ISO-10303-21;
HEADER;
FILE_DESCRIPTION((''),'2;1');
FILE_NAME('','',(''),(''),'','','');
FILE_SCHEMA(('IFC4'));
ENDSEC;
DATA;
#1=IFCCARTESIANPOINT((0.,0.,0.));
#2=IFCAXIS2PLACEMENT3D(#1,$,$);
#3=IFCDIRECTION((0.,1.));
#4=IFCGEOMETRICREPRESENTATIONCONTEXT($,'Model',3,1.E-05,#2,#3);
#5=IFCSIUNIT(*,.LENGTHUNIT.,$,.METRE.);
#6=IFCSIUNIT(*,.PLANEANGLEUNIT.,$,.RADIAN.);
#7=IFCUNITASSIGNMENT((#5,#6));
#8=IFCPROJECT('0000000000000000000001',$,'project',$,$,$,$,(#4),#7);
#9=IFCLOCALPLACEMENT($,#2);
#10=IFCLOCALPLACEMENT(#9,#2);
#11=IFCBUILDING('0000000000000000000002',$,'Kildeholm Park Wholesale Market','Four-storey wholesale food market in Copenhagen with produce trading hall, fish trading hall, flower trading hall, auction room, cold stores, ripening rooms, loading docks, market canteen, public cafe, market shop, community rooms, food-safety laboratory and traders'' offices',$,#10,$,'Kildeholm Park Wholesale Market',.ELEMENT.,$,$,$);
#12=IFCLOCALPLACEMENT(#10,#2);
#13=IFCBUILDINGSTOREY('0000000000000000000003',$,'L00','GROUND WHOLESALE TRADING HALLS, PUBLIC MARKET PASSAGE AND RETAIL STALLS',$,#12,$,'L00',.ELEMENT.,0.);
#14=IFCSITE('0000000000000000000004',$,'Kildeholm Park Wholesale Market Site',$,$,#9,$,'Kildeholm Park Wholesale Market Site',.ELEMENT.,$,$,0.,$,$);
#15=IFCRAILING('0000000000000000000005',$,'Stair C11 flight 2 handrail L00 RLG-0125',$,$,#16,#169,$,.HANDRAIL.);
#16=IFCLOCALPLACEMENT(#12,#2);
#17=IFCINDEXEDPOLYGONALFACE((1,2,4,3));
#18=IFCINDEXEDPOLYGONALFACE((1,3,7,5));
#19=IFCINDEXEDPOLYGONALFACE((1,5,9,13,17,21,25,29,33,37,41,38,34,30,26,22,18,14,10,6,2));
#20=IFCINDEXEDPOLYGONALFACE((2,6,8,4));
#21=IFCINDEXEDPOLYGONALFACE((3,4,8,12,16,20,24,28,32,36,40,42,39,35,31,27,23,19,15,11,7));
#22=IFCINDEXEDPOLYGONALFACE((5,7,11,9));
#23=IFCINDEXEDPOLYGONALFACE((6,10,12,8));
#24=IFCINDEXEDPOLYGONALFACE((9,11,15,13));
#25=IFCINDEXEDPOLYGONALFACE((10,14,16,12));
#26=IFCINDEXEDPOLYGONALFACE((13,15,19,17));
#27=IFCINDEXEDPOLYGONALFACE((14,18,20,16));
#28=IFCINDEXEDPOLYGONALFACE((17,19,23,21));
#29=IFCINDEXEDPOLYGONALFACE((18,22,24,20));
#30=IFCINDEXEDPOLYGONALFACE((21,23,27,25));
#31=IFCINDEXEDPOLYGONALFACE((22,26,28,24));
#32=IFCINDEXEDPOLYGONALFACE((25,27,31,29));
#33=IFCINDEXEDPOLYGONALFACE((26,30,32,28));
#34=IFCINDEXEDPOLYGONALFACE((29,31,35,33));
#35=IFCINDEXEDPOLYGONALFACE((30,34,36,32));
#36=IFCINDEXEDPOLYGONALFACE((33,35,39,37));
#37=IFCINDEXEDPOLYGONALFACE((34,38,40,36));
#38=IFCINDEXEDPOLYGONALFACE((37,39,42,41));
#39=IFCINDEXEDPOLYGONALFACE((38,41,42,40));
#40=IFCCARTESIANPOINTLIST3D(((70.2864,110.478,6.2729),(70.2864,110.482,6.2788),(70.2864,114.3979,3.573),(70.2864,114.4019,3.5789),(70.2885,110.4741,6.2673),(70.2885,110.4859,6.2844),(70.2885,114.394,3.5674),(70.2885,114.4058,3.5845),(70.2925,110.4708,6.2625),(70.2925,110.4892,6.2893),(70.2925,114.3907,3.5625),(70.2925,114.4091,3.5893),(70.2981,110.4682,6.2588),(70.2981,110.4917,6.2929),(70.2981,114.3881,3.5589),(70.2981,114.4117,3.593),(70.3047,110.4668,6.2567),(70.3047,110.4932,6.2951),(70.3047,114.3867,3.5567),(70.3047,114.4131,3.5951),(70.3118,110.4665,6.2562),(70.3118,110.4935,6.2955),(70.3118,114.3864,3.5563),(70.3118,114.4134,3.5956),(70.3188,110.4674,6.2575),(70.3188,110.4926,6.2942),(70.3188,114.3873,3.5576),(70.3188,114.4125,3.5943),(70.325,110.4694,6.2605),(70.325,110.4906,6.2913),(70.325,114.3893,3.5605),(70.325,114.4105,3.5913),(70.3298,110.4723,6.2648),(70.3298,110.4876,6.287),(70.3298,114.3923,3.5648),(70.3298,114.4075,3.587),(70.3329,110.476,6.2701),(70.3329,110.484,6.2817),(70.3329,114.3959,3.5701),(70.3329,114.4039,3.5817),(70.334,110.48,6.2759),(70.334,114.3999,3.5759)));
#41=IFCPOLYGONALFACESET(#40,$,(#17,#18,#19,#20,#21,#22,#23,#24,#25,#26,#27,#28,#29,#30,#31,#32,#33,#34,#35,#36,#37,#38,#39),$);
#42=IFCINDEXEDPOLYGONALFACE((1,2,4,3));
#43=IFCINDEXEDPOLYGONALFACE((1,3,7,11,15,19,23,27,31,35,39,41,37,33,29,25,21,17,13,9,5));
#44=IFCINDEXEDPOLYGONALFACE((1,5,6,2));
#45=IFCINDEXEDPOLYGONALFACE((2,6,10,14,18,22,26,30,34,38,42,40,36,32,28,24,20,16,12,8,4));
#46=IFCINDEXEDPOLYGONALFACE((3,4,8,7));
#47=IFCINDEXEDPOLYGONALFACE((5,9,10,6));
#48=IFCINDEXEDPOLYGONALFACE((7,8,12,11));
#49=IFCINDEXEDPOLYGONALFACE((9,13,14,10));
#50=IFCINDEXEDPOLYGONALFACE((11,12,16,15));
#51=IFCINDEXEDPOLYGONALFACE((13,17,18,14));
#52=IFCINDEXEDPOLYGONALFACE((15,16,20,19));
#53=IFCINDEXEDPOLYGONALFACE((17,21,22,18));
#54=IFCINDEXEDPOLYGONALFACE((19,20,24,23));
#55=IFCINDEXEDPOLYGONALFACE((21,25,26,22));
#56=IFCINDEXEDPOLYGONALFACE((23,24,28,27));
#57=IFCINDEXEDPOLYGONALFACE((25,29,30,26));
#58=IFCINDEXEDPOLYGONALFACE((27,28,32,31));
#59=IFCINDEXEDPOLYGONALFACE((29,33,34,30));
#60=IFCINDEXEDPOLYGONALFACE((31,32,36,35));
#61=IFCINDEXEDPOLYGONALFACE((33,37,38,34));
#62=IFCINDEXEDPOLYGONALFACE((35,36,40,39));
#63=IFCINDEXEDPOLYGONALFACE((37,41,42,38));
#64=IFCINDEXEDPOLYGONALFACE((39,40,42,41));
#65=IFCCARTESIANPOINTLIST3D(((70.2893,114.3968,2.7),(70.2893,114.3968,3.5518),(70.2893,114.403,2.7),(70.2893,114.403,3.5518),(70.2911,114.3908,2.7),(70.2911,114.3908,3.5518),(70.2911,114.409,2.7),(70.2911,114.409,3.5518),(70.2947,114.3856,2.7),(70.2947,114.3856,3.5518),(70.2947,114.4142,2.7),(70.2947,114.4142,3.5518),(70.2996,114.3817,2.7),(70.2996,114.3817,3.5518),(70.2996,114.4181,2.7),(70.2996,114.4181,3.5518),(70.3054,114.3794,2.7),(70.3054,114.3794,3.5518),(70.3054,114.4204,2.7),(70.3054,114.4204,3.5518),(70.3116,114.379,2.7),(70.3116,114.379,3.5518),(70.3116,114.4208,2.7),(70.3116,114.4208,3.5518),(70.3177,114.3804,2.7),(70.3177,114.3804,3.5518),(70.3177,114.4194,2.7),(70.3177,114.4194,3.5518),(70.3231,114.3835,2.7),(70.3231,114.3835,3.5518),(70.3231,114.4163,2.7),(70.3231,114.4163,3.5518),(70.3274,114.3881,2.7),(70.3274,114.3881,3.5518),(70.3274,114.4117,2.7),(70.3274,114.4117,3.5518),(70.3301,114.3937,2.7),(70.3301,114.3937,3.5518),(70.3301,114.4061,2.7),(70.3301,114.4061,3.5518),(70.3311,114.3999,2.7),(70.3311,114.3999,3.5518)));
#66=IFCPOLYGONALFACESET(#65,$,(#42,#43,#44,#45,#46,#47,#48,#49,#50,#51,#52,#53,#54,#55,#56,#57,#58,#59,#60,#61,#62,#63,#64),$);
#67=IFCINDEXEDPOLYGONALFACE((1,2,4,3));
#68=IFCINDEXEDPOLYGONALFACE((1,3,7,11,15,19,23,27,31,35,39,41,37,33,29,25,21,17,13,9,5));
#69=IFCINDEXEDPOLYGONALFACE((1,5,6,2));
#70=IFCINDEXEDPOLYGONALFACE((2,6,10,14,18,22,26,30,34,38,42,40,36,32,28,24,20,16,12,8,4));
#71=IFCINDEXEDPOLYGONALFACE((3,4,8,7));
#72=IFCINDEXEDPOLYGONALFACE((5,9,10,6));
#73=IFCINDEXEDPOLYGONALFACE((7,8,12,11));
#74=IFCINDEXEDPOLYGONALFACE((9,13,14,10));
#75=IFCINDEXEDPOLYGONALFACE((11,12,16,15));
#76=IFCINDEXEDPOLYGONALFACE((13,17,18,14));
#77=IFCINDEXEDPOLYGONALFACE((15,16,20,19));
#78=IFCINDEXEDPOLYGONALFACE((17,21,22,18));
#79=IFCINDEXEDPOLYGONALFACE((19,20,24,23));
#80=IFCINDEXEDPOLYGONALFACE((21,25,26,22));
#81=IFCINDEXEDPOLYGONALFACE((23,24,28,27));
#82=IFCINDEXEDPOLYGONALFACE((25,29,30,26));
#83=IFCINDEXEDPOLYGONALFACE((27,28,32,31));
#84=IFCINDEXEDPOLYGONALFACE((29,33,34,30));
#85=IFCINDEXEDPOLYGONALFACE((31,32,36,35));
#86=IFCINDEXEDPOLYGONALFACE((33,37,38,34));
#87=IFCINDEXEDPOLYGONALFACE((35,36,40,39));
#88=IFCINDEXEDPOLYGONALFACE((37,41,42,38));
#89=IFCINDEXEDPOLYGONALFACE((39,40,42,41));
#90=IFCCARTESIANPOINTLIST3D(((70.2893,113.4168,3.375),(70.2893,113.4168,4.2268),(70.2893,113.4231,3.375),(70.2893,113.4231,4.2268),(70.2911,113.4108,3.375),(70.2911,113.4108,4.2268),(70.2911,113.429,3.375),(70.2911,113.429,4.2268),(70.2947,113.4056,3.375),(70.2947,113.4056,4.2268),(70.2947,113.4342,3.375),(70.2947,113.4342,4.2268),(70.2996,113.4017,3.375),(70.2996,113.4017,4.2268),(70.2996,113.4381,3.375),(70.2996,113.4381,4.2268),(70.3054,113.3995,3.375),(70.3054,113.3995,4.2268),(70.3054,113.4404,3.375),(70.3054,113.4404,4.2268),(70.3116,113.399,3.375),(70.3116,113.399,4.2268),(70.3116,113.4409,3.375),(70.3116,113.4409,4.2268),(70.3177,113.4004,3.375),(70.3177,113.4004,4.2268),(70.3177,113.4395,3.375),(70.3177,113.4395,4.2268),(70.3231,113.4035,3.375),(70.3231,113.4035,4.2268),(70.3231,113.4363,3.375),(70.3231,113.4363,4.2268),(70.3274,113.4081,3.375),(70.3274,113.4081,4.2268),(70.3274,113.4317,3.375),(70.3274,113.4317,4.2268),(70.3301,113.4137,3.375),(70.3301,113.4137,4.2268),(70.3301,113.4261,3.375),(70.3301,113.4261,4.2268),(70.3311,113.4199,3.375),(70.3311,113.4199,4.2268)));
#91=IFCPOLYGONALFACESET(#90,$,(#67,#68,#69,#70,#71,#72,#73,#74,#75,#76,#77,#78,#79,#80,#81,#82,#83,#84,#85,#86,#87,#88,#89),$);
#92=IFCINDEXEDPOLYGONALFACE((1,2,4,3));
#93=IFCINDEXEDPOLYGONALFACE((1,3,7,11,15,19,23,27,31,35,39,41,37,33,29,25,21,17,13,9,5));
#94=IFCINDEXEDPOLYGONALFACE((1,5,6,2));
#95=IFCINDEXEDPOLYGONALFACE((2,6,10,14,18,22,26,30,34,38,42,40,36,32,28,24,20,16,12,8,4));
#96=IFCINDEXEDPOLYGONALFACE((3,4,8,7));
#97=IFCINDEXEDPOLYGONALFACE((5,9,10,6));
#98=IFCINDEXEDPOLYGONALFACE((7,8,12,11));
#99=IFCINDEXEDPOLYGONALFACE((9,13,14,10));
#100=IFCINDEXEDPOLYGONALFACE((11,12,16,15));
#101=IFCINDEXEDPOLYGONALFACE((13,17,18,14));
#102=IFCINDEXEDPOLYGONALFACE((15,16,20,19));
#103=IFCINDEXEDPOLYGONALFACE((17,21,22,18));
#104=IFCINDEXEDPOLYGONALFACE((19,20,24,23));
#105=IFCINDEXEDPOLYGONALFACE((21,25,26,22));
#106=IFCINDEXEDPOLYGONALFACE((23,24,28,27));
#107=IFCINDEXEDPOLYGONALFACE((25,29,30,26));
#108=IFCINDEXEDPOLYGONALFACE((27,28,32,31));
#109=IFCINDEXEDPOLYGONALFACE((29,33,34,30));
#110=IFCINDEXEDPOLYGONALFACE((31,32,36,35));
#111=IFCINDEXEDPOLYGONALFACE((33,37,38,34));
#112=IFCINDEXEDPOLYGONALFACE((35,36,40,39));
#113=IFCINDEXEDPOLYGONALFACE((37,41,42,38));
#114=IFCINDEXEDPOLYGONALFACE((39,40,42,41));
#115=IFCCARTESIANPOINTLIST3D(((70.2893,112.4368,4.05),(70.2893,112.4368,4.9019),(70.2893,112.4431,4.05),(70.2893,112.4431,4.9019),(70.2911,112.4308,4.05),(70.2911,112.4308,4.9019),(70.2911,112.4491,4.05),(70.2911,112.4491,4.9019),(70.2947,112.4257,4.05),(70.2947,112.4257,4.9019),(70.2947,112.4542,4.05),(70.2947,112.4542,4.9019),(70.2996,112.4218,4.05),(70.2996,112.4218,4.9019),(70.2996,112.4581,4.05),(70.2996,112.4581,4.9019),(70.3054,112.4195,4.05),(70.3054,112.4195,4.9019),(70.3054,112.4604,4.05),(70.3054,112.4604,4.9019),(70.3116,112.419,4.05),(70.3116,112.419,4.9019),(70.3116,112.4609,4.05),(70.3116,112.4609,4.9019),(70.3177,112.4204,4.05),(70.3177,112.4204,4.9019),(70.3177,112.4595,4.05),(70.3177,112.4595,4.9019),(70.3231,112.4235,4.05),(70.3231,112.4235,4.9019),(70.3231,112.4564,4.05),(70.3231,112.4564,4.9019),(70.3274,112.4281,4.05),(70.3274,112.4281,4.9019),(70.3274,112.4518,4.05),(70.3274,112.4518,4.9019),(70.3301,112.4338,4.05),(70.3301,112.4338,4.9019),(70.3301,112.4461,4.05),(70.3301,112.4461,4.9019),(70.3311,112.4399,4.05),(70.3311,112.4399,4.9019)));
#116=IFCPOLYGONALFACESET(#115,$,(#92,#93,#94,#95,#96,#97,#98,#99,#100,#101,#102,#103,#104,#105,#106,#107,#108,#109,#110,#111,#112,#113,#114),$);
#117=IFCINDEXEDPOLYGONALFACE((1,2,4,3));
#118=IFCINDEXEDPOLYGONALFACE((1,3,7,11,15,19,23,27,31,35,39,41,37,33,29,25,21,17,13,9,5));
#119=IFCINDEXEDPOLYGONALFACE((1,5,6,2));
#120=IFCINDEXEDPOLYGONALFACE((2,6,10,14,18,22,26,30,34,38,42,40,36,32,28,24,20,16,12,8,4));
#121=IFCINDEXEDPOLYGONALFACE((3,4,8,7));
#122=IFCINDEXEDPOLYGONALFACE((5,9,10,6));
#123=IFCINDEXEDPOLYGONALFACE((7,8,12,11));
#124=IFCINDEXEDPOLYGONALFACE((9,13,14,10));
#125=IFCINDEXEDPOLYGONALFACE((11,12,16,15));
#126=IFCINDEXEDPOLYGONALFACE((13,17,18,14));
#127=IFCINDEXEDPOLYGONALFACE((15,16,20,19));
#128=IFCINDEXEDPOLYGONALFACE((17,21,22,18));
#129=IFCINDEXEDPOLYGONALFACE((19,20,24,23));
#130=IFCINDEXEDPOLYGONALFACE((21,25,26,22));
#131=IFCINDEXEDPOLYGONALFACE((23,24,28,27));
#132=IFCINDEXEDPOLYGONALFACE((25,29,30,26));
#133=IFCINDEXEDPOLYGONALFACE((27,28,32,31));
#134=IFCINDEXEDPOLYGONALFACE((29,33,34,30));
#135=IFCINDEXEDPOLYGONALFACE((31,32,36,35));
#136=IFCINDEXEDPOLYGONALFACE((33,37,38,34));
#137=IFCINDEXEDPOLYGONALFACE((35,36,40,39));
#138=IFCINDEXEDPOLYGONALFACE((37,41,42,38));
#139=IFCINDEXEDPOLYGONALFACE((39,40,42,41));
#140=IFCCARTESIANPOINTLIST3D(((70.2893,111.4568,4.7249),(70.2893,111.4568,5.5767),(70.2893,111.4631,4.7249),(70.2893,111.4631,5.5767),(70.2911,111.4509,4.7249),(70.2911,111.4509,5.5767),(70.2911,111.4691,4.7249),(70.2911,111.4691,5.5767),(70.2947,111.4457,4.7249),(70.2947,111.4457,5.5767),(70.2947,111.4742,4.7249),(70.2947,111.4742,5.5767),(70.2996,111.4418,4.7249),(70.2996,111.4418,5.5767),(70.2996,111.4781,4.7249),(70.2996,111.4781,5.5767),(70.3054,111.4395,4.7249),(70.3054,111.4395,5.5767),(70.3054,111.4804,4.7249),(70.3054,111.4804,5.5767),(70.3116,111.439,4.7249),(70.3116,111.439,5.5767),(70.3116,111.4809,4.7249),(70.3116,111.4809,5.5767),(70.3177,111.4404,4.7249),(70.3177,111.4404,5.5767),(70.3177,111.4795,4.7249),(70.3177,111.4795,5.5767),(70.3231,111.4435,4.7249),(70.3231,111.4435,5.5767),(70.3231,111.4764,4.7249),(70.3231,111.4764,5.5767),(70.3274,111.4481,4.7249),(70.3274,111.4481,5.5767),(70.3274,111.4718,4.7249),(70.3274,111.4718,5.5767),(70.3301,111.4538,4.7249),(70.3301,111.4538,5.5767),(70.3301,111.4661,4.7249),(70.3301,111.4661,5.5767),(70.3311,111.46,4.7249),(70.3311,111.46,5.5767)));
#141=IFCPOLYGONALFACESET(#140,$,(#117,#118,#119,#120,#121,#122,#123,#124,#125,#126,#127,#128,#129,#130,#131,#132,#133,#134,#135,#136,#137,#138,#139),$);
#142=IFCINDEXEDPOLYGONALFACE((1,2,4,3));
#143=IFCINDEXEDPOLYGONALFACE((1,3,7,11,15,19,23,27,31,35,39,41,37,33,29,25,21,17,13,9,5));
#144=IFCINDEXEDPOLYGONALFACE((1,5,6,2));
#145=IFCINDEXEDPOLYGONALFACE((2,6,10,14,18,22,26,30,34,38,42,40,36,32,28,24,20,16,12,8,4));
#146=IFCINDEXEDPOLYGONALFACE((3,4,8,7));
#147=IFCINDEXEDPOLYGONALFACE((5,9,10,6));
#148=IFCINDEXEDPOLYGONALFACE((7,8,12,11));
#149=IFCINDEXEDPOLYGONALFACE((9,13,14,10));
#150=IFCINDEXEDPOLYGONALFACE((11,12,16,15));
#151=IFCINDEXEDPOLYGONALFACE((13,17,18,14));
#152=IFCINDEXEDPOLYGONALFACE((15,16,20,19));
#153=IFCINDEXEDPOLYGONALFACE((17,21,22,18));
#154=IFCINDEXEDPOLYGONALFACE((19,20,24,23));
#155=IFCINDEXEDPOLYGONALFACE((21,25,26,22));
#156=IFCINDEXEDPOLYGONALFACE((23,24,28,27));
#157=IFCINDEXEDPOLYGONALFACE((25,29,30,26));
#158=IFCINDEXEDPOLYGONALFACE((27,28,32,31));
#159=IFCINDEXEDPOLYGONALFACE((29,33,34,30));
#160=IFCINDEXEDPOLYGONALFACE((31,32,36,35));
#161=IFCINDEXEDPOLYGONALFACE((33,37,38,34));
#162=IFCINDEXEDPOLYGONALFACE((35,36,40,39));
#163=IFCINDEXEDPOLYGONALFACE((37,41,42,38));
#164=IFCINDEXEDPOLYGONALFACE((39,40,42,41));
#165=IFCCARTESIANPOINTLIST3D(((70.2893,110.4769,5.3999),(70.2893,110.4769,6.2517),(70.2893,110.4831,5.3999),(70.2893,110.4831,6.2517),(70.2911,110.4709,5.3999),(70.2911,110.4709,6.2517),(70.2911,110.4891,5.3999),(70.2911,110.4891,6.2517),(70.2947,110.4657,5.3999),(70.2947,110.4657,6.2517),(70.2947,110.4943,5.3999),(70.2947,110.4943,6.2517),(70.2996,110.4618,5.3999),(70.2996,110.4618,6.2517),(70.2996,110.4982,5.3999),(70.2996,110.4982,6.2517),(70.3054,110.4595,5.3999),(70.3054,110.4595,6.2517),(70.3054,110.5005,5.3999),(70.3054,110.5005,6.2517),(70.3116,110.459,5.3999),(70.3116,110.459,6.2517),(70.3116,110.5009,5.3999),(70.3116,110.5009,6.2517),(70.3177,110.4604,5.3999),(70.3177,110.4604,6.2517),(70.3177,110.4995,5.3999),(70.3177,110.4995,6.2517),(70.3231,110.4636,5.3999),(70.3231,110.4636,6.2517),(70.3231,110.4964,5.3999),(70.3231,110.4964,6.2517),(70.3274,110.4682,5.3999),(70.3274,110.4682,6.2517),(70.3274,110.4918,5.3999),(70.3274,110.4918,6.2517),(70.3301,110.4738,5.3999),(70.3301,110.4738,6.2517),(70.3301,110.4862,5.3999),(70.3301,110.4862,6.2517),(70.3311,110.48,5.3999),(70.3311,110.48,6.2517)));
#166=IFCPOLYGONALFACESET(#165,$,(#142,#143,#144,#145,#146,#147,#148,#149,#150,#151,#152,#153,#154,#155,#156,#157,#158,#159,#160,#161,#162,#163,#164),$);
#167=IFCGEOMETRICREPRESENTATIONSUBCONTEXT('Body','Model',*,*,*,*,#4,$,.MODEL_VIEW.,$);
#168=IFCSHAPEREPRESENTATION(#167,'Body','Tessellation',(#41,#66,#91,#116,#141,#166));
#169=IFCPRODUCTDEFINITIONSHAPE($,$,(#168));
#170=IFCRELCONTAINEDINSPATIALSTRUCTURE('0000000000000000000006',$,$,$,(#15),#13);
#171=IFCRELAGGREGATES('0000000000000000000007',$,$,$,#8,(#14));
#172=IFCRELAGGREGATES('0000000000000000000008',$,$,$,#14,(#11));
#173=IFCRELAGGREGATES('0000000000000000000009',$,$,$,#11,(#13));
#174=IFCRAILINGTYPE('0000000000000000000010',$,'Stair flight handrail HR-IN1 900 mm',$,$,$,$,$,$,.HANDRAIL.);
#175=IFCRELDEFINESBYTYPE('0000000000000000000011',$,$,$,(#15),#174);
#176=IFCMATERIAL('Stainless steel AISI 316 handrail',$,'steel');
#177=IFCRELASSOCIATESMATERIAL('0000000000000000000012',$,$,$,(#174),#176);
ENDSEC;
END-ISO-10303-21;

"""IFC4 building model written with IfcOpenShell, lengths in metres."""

from ifc_helpers import new_model, si_unit, direction, frame, origin, origin_2d, place, context, subcontext, project, spatial, circle, extrude, material, type_object, element, save


model = new_model("IFC4")

# Units and contexts
model_context = context("Model", 3, precision=1e-05, world=origin(), true_north=direction((0.0, 1.0)))
body_context = subcontext(model_context, "Body", "Model", "MODEL_VIEW")
ifc_project = project(units=[si_unit("LENGTHUNIT", "METRE"), si_unit("PLANEANGLEUNIT", "RADIAN")], contexts=[model_context])

# Site, building, storey
site_placement = place(None, origin())
site = spatial("IfcSite", under=ifc_project, at=site_placement, Name="Kildeholm Park Wholesale Market Site", LongName="Kildeholm Park Wholesale Market Site", CompositionType="ELEMENT", RefElevation=0.0)
building_placement = place(site_placement, origin())
building = spatial("IfcBuilding", under=site, at=building_placement, Name="Kildeholm Park Wholesale Market", Description="Four-storey wholesale food market in Copenhagen with produce trading hall, fish trading hall, flower trading hall, auction room, cold stores, ripening rooms, loading docks, market canteen, public cafe, market shop, community rooms, food-safety laboratory and traders' offices", LongName="Kildeholm Park Wholesale Market", CompositionType="ELEMENT")
storey_placement = place(building_placement, origin())
storey = spatial("IfcBuildingStorey", under=building, at=storey_placement, Name="L00", Description="GROUND WHOLESALE TRADING HALLS, PUBLIC MARKET PASSAGE AND RETAIL STALLS", LongName="L00", CompositionType="ELEMENT", Elevation=0.0)

# Railing
ifc_material_1 = material(Name="Stainless steel AISI 316 handrail", Category="steel")
railing_type_1 = type_object("IfcRailingType", Name="Stair flight handrail HR-IN1 900 mm", PredefinedType="HANDRAIL", material=ifc_material_1)
railing_1_placement = place(storey_placement, frame((70.3101, 114.3999, 2.7)))
element("IfcRailing", 1, at=railing_1_placement, inside=storey, type_object=railing_type_1, Name="Stair C11 flight 2 handrail L00 RLG-0125", PredefinedType="HANDRAIL", context=body_context, shape_type="SweptSolid", body=[
    extrude(circle(Radius=0.0239, at=origin_2d()), frame((0.0, 0.0, 0.876), z_axis=(0.0, -0.823551, 0.567243), x_axis=(1.0, 0.0, 0.0)), (0.0, 0.0, 1.0), 4.7598),
    extrude(circle(Radius=0.021, at=origin_2d()), origin(), (0.0, 0.0, 1.0), 0.8518),
    extrude(circle(Radius=0.021, at=origin_2d()), frame((0.0, -0.98, 0.675)), (0.0, 0.0, 1.0), 0.8518),
    extrude(circle(Radius=0.021, at=origin_2d()), frame((0.0, -1.96, 1.3501)), (0.0, 0.0, 1.0), 0.8518),
    extrude(circle(Radius=0.021, at=origin_2d()), frame((0.0, -2.9399, 2.0249)), (0.0, 0.0, 1.0), 0.8518),
    extrude(circle(Radius=0.021, at=origin_2d()), frame((0.0, -3.9199, 2.7)), (0.0, 0.0, 1.0), 0.8518),
])

save(model, "model.ifc")
